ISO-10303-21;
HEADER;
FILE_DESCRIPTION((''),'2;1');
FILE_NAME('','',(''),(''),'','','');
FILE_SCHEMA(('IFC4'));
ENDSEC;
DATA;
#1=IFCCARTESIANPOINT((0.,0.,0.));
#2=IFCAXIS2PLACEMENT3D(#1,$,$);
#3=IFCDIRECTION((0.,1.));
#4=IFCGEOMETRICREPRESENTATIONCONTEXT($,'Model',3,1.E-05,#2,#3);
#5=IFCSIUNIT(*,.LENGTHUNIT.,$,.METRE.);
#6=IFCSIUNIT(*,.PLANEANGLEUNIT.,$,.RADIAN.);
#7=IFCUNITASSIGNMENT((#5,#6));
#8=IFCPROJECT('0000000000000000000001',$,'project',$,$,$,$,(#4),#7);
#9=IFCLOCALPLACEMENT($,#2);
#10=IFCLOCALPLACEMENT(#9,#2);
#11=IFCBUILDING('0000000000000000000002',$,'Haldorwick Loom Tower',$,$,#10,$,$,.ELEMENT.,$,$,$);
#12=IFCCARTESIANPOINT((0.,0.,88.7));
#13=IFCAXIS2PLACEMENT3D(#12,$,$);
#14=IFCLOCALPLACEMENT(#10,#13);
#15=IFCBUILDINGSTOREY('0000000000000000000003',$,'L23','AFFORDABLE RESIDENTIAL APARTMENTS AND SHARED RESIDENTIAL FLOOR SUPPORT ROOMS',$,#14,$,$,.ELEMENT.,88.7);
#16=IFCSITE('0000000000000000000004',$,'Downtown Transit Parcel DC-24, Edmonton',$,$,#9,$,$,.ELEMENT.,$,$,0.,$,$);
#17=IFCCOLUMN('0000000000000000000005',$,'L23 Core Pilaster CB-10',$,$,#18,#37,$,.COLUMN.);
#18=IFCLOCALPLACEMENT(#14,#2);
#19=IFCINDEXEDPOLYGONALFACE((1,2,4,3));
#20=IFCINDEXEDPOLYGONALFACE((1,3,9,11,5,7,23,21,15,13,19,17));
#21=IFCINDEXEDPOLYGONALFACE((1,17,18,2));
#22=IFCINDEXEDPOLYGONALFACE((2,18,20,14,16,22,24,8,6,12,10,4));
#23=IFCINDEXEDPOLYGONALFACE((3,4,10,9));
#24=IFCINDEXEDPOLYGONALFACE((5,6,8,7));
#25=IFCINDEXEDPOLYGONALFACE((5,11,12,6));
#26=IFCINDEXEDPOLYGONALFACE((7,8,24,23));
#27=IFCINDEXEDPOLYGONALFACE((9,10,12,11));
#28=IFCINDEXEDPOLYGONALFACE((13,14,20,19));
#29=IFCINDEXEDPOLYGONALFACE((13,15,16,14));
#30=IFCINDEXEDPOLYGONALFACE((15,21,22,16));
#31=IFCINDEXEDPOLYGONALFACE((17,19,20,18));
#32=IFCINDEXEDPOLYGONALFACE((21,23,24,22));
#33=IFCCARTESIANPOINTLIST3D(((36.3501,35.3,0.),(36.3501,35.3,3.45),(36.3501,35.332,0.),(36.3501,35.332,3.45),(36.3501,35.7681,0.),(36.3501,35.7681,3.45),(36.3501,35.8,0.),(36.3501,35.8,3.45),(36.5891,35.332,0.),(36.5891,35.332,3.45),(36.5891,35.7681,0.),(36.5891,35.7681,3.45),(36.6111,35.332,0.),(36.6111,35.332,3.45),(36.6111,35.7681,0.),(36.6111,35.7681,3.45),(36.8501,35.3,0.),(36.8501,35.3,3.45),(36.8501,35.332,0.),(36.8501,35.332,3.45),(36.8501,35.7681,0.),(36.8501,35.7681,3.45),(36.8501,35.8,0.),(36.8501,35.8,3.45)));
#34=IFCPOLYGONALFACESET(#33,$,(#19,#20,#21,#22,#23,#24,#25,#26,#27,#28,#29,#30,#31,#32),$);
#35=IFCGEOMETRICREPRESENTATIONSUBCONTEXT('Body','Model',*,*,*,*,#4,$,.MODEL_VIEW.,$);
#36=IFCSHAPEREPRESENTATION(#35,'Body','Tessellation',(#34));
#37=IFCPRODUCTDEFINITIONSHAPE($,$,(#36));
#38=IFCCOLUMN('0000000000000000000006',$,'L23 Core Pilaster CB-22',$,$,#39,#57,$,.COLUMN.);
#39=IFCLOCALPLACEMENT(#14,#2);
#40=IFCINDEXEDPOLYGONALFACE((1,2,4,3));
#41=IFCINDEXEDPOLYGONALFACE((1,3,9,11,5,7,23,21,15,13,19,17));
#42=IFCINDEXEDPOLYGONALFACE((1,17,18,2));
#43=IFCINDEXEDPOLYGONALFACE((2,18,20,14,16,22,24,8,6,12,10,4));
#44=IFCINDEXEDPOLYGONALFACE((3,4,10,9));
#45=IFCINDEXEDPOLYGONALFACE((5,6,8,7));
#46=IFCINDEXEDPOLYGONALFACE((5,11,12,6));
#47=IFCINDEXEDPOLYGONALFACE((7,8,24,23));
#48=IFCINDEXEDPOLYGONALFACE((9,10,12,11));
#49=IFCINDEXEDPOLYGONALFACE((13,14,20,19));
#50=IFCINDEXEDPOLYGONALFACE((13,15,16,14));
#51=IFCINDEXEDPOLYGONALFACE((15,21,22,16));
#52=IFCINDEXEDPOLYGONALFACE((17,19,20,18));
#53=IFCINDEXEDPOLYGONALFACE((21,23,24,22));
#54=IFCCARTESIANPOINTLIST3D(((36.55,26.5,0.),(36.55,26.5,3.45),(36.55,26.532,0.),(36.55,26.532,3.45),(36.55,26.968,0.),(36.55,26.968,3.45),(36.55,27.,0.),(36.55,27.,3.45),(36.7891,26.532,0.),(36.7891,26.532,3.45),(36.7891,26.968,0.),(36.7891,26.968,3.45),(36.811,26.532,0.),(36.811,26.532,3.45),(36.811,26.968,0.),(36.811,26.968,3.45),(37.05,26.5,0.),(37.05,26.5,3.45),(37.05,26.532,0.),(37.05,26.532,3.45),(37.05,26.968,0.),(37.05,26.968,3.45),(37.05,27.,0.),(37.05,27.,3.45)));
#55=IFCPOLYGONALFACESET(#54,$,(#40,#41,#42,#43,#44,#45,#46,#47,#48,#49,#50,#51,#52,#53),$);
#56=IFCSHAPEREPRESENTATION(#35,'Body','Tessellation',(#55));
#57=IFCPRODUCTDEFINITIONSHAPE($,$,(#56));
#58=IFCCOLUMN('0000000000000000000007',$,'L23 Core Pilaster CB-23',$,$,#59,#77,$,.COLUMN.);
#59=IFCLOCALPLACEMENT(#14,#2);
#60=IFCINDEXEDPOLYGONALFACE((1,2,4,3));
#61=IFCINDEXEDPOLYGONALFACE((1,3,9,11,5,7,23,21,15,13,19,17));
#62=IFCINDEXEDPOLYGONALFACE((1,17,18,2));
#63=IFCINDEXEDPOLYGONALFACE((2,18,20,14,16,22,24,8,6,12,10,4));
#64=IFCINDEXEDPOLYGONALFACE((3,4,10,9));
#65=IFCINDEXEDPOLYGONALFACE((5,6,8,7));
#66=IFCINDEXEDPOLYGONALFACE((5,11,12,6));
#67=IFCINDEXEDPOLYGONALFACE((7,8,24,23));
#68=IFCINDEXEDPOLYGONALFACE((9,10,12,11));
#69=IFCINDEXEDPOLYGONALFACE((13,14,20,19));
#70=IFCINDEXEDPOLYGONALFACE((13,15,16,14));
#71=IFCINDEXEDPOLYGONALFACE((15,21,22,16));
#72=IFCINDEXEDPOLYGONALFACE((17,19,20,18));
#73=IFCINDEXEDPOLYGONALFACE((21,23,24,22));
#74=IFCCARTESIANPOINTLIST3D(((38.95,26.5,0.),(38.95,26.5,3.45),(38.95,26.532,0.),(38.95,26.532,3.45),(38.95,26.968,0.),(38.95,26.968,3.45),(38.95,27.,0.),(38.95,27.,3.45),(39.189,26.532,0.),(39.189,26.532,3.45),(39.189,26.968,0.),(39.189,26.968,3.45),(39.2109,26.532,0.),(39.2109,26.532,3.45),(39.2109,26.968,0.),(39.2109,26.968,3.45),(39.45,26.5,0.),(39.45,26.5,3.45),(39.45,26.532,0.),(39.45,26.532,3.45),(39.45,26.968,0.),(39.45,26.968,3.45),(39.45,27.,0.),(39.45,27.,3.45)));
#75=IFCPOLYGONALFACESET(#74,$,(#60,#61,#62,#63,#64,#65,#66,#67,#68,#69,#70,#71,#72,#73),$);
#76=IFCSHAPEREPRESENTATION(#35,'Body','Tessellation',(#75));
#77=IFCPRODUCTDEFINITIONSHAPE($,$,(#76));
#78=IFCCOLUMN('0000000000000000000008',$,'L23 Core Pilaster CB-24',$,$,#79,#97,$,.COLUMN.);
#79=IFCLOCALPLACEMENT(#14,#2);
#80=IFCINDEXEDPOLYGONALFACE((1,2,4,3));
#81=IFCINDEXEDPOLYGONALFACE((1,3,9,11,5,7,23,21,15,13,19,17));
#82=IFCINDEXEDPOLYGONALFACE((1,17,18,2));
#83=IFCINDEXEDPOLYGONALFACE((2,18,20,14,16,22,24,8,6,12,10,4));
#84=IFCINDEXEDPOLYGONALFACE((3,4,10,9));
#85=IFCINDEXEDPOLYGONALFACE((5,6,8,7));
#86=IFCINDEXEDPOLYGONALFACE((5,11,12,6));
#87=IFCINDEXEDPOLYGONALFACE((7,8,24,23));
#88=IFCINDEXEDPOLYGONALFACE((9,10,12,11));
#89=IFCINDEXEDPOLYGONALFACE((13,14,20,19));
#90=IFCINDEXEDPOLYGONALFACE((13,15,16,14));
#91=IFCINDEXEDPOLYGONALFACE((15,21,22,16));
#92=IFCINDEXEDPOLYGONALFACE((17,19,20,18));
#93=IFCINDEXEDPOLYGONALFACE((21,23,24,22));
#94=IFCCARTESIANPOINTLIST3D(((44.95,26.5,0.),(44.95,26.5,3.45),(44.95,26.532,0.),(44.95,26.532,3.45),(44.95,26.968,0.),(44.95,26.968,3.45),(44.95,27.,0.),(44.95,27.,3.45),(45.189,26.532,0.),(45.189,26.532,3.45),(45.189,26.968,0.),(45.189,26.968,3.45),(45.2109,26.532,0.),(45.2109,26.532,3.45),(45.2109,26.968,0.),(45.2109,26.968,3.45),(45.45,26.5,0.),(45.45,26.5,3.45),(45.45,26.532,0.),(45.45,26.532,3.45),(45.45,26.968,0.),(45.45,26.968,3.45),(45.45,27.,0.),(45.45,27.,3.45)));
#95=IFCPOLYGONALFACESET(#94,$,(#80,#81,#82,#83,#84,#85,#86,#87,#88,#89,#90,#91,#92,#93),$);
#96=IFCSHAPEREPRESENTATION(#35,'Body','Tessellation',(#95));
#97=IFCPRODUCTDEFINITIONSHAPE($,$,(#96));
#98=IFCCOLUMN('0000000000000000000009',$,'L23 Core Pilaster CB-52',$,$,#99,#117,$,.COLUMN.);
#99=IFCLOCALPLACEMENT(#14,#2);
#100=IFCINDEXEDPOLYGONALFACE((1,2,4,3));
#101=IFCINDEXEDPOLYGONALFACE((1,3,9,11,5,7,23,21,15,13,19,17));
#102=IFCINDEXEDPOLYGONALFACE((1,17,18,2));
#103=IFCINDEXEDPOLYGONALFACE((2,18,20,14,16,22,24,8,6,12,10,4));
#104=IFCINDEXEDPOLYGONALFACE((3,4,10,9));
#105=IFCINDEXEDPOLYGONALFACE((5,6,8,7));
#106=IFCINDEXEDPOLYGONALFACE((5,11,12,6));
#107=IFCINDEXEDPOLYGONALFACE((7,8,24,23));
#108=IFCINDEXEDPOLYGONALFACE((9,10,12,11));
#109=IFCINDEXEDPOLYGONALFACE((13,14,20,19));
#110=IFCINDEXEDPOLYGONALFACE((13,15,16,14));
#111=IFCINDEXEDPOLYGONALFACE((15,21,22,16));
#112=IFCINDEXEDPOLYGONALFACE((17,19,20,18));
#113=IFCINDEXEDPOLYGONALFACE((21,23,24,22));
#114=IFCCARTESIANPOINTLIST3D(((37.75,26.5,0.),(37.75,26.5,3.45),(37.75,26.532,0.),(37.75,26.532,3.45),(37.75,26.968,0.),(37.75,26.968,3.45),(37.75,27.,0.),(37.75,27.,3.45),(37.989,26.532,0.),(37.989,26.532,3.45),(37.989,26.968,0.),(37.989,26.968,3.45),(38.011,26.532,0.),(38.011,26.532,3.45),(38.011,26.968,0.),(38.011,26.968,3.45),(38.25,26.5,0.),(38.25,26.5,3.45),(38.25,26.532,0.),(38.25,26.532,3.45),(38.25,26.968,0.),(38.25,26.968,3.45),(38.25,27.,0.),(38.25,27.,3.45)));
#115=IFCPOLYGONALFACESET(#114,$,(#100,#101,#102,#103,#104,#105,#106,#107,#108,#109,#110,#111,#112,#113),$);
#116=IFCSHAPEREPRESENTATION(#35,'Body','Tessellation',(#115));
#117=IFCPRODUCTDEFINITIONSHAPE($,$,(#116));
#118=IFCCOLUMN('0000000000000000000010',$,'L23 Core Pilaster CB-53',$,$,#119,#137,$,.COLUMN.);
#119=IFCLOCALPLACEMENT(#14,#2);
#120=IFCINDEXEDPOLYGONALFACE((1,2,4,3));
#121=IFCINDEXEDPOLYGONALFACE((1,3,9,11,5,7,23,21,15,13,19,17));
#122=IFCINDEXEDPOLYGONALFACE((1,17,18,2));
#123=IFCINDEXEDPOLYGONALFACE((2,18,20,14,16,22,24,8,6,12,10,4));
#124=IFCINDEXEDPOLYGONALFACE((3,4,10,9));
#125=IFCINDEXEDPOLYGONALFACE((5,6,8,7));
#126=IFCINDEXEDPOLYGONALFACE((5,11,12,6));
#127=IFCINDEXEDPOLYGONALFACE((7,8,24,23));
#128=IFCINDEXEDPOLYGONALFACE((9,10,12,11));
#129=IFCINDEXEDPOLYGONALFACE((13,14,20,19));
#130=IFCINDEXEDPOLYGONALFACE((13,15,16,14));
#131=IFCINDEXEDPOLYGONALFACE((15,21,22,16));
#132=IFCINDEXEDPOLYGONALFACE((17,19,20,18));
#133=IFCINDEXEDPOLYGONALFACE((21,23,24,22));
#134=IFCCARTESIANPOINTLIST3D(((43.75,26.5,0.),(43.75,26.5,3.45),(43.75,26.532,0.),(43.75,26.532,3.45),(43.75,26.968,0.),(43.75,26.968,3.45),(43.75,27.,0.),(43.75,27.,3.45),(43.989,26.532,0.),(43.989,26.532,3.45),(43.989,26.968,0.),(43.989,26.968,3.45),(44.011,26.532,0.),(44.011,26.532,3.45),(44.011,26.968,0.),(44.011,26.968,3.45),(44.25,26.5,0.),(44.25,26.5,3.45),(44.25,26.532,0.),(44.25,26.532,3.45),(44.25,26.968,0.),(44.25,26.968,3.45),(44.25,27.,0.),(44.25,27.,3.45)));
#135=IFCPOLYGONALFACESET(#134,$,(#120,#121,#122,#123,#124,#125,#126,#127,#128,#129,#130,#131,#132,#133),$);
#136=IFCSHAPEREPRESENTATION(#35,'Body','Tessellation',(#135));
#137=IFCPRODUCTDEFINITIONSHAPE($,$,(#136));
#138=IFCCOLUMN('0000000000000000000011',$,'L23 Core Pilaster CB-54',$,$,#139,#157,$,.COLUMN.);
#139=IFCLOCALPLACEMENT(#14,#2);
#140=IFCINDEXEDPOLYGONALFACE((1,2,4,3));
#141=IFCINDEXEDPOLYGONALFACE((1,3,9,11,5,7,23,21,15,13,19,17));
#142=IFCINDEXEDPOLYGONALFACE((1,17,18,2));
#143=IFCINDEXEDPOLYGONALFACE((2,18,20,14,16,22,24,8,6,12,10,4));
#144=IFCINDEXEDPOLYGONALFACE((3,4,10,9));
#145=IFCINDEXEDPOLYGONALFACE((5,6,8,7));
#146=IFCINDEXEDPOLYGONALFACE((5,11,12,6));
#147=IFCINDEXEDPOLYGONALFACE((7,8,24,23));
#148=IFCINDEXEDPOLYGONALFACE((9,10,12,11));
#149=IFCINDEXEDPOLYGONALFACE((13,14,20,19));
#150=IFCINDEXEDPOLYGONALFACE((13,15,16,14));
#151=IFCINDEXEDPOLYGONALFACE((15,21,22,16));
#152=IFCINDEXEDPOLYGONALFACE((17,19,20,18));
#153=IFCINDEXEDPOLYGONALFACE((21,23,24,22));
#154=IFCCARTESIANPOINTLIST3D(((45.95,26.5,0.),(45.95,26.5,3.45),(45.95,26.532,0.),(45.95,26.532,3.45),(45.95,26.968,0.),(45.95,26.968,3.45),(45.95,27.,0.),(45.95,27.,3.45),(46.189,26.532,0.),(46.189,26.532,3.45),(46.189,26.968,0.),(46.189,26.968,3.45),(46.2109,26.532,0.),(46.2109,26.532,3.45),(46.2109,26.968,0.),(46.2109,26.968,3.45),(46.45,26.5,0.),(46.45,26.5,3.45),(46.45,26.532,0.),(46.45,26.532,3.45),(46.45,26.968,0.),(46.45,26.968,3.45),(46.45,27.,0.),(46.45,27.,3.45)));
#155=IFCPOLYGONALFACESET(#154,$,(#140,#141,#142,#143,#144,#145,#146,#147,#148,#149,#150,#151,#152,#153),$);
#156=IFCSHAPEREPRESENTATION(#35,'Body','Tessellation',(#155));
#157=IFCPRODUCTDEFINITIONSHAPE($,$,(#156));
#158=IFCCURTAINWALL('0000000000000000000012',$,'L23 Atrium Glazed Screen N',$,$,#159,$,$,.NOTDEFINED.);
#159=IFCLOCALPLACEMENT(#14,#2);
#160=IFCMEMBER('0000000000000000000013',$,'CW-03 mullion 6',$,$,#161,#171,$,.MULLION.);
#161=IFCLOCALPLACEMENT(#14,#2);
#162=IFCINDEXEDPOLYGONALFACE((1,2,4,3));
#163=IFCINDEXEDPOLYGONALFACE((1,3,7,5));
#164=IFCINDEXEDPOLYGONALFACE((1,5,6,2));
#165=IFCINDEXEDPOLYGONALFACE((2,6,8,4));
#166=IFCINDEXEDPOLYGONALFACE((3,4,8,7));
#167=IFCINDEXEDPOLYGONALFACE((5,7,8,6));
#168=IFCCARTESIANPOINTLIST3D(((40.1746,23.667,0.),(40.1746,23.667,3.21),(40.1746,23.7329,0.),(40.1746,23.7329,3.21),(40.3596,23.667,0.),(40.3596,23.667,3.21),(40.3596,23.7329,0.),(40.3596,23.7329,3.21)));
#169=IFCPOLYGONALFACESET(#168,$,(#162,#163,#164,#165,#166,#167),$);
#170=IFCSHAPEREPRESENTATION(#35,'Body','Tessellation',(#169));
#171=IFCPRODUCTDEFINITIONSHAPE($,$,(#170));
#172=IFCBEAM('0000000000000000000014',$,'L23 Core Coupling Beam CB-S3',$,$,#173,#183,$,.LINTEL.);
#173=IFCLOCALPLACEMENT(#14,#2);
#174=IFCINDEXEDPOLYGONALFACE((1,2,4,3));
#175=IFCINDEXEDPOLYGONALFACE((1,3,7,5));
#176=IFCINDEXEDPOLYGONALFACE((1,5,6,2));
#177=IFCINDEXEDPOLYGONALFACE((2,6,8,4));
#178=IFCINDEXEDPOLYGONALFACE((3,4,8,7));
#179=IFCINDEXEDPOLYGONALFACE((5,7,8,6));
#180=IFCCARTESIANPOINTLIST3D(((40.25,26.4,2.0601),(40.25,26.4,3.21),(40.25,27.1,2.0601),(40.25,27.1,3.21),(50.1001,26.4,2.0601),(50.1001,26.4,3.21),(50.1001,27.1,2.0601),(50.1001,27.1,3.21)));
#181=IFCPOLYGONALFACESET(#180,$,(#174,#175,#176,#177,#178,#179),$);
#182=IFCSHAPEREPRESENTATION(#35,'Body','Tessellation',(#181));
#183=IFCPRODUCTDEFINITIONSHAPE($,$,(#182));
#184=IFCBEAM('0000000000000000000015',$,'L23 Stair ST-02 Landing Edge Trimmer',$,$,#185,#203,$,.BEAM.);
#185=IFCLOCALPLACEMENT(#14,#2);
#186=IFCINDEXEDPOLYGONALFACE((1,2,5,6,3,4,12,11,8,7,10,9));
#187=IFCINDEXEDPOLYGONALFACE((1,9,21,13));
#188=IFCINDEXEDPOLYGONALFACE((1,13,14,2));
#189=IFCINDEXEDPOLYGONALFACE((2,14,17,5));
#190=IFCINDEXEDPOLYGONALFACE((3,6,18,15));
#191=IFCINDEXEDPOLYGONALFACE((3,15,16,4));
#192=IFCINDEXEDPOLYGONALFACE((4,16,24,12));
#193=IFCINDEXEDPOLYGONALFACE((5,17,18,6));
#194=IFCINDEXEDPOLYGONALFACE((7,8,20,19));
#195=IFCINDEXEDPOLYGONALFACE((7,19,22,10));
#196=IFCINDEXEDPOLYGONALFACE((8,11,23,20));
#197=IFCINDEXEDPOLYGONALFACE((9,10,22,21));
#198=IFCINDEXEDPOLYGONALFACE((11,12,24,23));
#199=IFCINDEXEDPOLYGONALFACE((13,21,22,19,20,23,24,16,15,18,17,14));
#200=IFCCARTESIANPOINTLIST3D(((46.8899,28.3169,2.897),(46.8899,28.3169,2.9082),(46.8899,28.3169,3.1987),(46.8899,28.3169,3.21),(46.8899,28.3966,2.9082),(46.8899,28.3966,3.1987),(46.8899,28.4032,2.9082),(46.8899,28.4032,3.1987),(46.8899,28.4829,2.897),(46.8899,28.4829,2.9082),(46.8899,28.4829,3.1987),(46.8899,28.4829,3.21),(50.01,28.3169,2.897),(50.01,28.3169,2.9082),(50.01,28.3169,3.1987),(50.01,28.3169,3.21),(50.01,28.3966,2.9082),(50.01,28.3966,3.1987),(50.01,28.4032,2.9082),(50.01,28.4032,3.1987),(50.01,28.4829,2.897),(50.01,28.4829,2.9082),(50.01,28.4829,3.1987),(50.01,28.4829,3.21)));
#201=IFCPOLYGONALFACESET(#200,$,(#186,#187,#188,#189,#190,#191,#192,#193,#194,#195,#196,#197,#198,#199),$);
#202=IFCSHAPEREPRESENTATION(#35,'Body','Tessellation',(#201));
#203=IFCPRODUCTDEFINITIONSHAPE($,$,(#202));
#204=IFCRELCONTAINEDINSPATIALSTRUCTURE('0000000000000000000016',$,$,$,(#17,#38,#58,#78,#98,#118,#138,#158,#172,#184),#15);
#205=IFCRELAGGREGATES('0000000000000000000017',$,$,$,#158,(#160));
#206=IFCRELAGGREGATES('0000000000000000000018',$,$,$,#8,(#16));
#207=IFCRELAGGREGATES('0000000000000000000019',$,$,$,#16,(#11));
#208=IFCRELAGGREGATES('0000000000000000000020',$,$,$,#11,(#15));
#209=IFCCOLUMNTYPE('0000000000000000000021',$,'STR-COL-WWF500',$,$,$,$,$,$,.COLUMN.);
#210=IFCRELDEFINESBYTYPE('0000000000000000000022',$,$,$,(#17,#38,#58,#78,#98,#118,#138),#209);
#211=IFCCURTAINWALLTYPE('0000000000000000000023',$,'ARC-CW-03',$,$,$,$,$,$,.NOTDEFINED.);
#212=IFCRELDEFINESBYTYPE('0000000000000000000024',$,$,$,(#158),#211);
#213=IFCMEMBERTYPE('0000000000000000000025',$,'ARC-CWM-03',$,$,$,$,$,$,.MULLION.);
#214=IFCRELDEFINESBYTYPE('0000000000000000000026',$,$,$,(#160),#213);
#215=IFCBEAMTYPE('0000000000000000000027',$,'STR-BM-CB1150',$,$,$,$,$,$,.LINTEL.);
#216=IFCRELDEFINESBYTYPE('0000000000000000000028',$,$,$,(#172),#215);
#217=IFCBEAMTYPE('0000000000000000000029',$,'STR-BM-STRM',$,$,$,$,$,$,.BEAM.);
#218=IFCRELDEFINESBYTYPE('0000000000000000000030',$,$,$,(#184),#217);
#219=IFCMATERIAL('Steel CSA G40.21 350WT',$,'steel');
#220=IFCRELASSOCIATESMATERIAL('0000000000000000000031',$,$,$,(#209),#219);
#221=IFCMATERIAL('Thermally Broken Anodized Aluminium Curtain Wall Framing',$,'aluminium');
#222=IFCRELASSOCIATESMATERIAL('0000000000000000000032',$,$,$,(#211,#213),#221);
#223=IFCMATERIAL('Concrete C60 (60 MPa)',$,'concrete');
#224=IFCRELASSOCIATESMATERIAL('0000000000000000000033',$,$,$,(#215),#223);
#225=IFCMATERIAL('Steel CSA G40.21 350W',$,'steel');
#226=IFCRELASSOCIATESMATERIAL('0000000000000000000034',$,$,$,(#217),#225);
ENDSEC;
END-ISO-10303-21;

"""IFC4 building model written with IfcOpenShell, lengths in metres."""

from ifc_helpers import new_model, si_unit, direction, frame, origin, origin_2d, place, context, subcontext, project, spatial, rectangle, i_section, extrude, material, material_profile, profile_set, type_object, element, aggregate, save


model = new_model("IFC4")

# Units and contexts
model_context = context("Model", 3, precision=1e-05, world=origin(), true_north=direction((0.0, 1.0)))
body_context = subcontext(model_context, "Body", "Model", "MODEL_VIEW")
ifc_project = project(units=[si_unit("LENGTHUNIT", "METRE"), si_unit("PLANEANGLEUNIT", "RADIAN")], contexts=[model_context])

# Site, building, storey
site_placement = place(None, origin())
site = spatial("IfcSite", under=ifc_project, at=site_placement, Name="Downtown Transit Parcel DC-24, Edmonton", CompositionType="ELEMENT", RefElevation=0.0)
building_placement = place(site_placement, origin())
building = spatial("IfcBuilding", under=site, at=building_placement, Name="Haldorwick Loom Tower", CompositionType="ELEMENT")
storey_placement = place(building_placement, frame((0.0, 0.0, 88.7)))
storey = spatial("IfcBuildingStorey", under=building, at=storey_placement, Name="L23", Description="AFFORDABLE RESIDENTIAL APARTMENTS AND SHARED RESIDENTIAL FLOOR SUPPORT ROOMS", CompositionType="ELEMENT", Elevation=88.7)

# Columns
ifc_material_1 = material(Name="Steel CSA G40.21 350WT", Category="steel")
ifc_material_profile_1 = material_profile(ifc_material_1, i_section(OverallWidth=0.5, OverallDepth=0.5, WebThickness=0.022, FlangeThickness=0.032, at=origin_2d()), Name="WWF500X500", Category="steel")
ifc_profile_set_1 = profile_set([ifc_material_profile_1], Name="Steel CSA G40.21 350WT")
column_type = type_object("IfcColumnType", Name="STR-COL-WWF500", PredefinedType="COLUMN", material=ifc_profile_set_1)
for number, where, z_axis, x_axis, name in (
    (1, (36.6001, 35.55, 0.0), (0.0, 0.0, 1.0), (1.0, 0.0, 0.0), "L23 Core Pilaster CB-10"),
    (2, (36.8, 26.75, 0.0), (0.0, 0.0, 1.0), (1.0, 0.0, 0.0), "L23 Core Pilaster CB-22"),
    (3, (39.2, 26.75, 0.0), (0.0, 0.0, 1.0), (1.0, 0.0, 0.0), "L23 Core Pilaster CB-23"),
    (4, (45.2, 26.75, 0.0), (0.0, 0.0, 1.0), (1.0, 0.0, 0.0), "L23 Core Pilaster CB-24"),
    (5, (38.0, 26.75, 0.0), (0.0, 0.0, 1.0), (1.0, 0.0, 0.0), "L23 Core Pilaster CB-52"),
    (6, (44.0, 26.75, 0.0), (0.0, 0.0, 1.0), (1.0, 0.0, 0.0), "L23 Core Pilaster CB-53"),
    (7, (46.2, 26.75, 0.0), (0.0, 0.0, 1.0), (1.0, 0.0, 0.0), "L23 Core Pilaster CB-54"),
):
    element("IfcColumn", number, at=place(storey_placement, frame(where, z_axis=z_axis, x_axis=x_axis)), inside=storey, type_object=column_type, Name=name, PredefinedType="COLUMN", context=body_context, shape_type="SweptSolid", body=[
        extrude(i_section(OverallWidth=0.5, OverallDepth=0.5, WebThickness=0.022, FlangeThickness=0.032, at=origin_2d()), origin(), (0.0, 0.0, 1.0), 3.45),
    ])

# Curtain wall, member
ifc_material_2 = material(Name="Thermally Broken Anodized Aluminium Curtain Wall Framing", Category="aluminium")
curtain_wall_type = type_object("IfcCurtainWallType", Name="ARC-CW-03", PredefinedType="NOTDEFINED", material=ifc_material_2)
curtain_wall_placement = place(storey_placement, origin())
curtain_wall = element("IfcCurtainWall", 8, at=curtain_wall_placement, inside=storey, type_object=curtain_wall_type, Name="L23 Atrium Glazed Screen N", PredefinedType="NOTDEFINED")
ifc_material_profile_2 = material_profile(ifc_material_2, rectangle(XDim=0.0659, YDim=0.1851, at=origin_2d()), Name="ALU_MUL_66X185", Category="aluminium")
ifc_profile_set_2 = profile_set([ifc_material_profile_2], Name="Thermally Broken Anodized Aluminium Curtain Wall Framing")
member_type = type_object("IfcMemberType", Name="ARC-CWM-03", PredefinedType="MULLION", material=ifc_profile_set_2)
member_placement = place(storey_placement, frame((40.2671, 23.7, 0.0), z_axis=(0.0, 0.0, 1.0), x_axis=(0.0, 1.0, 0.0)))
member = element("IfcMember", 9, at=member_placement, type_object=member_type, Name="CW-03 mullion 6", PredefinedType="MULLION", context=body_context, shape_type="SweptSolid", body=[
    extrude(rectangle(XDim=0.0659, YDim=0.1851, at=origin_2d()), origin(), (0.0, 0.0, 1.0), 3.21),
])

# Beams
ifc_material_3 = material(Name="Concrete C60 (60 MPa)", Category="concrete")
ifc_material_profile_3 = material_profile(ifc_material_3, rectangle(XDim=0.7, YDim=1.1499, at=origin_2d()), Name="RC700X1150", Category="concrete")
ifc_profile_set_3 = profile_set([ifc_material_profile_3], Name="Concrete C60 (60 MPa)")
beam_type_1 = type_object("IfcBeamType", Name="STR-BM-CB1150", PredefinedType="LINTEL", material=ifc_profile_set_3)
beam_placement = place(storey_placement, frame((40.25, 26.75, 2.635), z_axis=(1.0, 0.0, 0.0), x_axis=(0.0, 1.0, 0.0)))
element("IfcBeam", 10, at=beam_placement, inside=storey, type_object=beam_type_1, Name="L23 Core Coupling Beam CB-S3", PredefinedType="LINTEL", context=body_context, shape_type="SweptSolid", body=[
    extrude(rectangle(XDim=0.7, YDim=1.1499, at=origin_2d()), origin(), (0.0, 0.0, 1.0), 9.8501),
])
ifc_material_4 = material(Name="Steel CSA G40.21 350W", Category="steel")
ifc_material_profile_4 = material_profile(ifc_material_4, i_section(OverallWidth=0.166, OverallDepth=0.313, WebThickness=0.0066, FlangeThickness=0.0112, at=origin_2d()), Name="W310X45", Category="steel")
ifc_profile_set_4 = profile_set([ifc_material_profile_4], Name="Steel CSA G40.21 350W")
beam_type_2 = type_object("IfcBeamType", Name="STR-BM-STRM", PredefinedType="BEAM", material=ifc_profile_set_4)
for number, where, z_axis, x_axis, name in (
    (11, (46.8899, 28.3999, 3.0535), (1.0, 0.0, 0.0), (0.0, 1.0, 0.0), "L23 Stair ST-02 Landing Edge Trimmer"),
):
    element("IfcBeam", number, at=place(storey_placement, frame(where, z_axis=z_axis, x_axis=x_axis)), inside=storey, type_object=beam_type_2, Name=name, PredefinedType="BEAM", context=body_context, shape_type="SweptSolid", body=[
        extrude(i_section(OverallWidth=0.166, OverallDepth=0.313, WebThickness=0.0066, FlangeThickness=0.0112, at=origin_2d()), origin(), (0.0, 0.0, 1.0), 3.1201),
    ])

aggregate(curtain_wall, [member])

save(model, "model.ifc")
